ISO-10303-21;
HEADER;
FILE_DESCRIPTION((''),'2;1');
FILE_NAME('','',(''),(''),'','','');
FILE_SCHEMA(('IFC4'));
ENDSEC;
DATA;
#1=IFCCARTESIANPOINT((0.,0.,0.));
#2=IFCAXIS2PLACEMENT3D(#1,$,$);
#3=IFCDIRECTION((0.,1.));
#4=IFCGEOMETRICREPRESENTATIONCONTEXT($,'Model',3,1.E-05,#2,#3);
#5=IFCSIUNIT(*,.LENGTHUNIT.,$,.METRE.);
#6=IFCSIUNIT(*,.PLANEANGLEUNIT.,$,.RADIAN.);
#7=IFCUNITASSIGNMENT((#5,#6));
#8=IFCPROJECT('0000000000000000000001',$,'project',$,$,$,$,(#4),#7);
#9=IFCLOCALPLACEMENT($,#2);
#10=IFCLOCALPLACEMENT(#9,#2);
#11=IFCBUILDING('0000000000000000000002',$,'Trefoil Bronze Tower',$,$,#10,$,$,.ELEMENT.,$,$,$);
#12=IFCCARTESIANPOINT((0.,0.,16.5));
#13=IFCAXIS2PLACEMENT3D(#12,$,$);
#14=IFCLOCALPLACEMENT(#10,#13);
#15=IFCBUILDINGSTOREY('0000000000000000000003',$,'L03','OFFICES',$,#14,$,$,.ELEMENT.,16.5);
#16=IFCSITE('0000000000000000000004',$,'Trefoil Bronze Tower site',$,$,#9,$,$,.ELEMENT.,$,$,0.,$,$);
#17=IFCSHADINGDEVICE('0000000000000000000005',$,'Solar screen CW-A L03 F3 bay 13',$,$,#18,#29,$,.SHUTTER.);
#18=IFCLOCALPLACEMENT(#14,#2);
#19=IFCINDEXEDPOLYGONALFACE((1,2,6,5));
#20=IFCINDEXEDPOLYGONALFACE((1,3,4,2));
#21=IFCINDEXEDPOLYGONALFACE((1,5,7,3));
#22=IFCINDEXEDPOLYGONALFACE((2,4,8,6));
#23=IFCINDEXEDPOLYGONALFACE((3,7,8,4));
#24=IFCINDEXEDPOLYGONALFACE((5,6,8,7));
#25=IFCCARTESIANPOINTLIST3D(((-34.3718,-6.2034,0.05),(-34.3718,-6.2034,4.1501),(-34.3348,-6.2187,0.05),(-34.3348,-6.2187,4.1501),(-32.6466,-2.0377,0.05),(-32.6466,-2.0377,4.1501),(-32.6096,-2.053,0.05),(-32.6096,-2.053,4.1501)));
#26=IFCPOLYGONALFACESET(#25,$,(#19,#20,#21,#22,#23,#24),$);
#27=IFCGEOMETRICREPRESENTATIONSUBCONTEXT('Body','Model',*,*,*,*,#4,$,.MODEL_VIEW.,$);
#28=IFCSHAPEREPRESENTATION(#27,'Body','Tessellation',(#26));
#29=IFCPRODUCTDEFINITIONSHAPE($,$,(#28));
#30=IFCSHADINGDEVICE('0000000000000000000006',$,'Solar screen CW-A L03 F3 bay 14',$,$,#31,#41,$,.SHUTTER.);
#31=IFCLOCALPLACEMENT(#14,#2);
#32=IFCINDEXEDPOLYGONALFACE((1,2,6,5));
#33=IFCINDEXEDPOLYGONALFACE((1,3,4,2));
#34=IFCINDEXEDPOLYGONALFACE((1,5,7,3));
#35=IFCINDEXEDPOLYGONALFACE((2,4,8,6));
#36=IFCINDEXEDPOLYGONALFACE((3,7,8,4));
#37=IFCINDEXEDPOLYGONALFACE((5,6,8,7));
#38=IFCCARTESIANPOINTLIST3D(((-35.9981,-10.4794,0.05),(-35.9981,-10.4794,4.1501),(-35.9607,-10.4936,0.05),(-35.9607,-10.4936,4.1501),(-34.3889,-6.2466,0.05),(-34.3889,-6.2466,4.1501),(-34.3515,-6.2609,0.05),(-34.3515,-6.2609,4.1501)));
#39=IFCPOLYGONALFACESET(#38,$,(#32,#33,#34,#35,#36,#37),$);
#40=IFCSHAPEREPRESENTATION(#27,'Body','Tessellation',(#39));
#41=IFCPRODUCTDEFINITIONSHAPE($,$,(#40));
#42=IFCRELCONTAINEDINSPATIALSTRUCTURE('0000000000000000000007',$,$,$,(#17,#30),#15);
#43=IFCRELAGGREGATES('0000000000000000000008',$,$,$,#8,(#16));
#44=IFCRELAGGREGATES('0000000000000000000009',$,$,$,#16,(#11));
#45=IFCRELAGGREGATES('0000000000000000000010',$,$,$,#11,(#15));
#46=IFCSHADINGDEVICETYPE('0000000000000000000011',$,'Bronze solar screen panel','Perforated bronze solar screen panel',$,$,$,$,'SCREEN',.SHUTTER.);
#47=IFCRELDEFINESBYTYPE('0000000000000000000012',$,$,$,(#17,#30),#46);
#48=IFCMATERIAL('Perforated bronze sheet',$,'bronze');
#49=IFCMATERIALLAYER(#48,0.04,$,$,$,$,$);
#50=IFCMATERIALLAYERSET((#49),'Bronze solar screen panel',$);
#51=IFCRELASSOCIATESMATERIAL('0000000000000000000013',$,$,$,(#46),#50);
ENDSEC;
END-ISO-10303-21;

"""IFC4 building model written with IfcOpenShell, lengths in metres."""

from ifc_helpers import new_model, si_unit, direction, frame, origin, origin_2d, place, context, subcontext, project, spatial, rectangle, extrude, material, layer, layer_set, type_object, element, save


model = new_model("IFC4")

# Units and contexts
model_context = context("Model", 3, precision=1e-05, world=origin(), true_north=direction((0.0, 1.0)))
body_context = subcontext(model_context, "Body", "Model", "MODEL_VIEW")
ifc_project = project(units=[si_unit("LENGTHUNIT", "METRE"), si_unit("PLANEANGLEUNIT", "RADIAN")], contexts=[model_context])

# Site, building, storey
site_placement = place(None, origin())
site = spatial("IfcSite", under=ifc_project, at=site_placement, Name="Trefoil Bronze Tower site", CompositionType="ELEMENT", RefElevation=0.0)
building_placement = place(site_placement, origin())
building = spatial("IfcBuilding", under=site, at=building_placement, Name="Trefoil Bronze Tower", CompositionType="ELEMENT")
storey_placement = place(building_placement, frame((0.0, 0.0, 16.5)))
storey = spatial("IfcBuildingStorey", under=building, at=storey_placement, Name="L03", Description="OFFICES", CompositionType="ELEMENT", Elevation=16.5)

# Shading devices
ifc_material_1 = material(Name="Perforated bronze sheet", Category="bronze")
ifc_layer_1 = layer(ifc_material_1, 0.04)
ifc_layer_set_1 = layer_set([ifc_layer_1], Name="Bronze solar screen panel")
shading_device_type = type_object("IfcShadingDeviceType", Name="Bronze solar screen panel", Description="Perforated bronze solar screen panel", ElementType="SCREEN", PredefinedType="SHUTTER", material=ifc_layer_set_1)
shading_device_1_placement = place(storey_placement, frame((-33.4907, -4.1282, 0.05), z_axis=(0.0, 0.0, 1.0), x_axis=(-0.38263, -0.923902, 0.0)))
element("IfcShadingDevice", 1, at=shading_device_1_placement, inside=storey, type_object=shading_device_type, Name="Solar screen CW-A L03 F3 bay 13", PredefinedType="SHUTTER", context=body_context, shape_type="SweptSolid", body=[
    extrude(rectangle(XDim=4.5088, YDim=0.04, at=origin_2d()), origin(), (0.0, 0.0, 1.0), 4.1001),
])
shading_device_2_placement = place(storey_placement, frame((-35.1748, -8.3701, 0.05), z_axis=(0.0, 0.0, 1.0), x_axis=(-0.355371, -0.934725, 0.0)))
element("IfcShadingDevice", 2, at=shading_device_2_placement, inside=storey, type_object=shading_device_type, Name="Solar screen CW-A L03 F3 bay 14", PredefinedType="SHUTTER", context=body_context, shape_type="SweptSolid", body=[
    extrude(rectangle(XDim=4.5283, YDim=0.04, at=origin_2d()), origin(), (0.0, 0.0, 1.0), 4.1001),
])

save(model, "model.ifc")
